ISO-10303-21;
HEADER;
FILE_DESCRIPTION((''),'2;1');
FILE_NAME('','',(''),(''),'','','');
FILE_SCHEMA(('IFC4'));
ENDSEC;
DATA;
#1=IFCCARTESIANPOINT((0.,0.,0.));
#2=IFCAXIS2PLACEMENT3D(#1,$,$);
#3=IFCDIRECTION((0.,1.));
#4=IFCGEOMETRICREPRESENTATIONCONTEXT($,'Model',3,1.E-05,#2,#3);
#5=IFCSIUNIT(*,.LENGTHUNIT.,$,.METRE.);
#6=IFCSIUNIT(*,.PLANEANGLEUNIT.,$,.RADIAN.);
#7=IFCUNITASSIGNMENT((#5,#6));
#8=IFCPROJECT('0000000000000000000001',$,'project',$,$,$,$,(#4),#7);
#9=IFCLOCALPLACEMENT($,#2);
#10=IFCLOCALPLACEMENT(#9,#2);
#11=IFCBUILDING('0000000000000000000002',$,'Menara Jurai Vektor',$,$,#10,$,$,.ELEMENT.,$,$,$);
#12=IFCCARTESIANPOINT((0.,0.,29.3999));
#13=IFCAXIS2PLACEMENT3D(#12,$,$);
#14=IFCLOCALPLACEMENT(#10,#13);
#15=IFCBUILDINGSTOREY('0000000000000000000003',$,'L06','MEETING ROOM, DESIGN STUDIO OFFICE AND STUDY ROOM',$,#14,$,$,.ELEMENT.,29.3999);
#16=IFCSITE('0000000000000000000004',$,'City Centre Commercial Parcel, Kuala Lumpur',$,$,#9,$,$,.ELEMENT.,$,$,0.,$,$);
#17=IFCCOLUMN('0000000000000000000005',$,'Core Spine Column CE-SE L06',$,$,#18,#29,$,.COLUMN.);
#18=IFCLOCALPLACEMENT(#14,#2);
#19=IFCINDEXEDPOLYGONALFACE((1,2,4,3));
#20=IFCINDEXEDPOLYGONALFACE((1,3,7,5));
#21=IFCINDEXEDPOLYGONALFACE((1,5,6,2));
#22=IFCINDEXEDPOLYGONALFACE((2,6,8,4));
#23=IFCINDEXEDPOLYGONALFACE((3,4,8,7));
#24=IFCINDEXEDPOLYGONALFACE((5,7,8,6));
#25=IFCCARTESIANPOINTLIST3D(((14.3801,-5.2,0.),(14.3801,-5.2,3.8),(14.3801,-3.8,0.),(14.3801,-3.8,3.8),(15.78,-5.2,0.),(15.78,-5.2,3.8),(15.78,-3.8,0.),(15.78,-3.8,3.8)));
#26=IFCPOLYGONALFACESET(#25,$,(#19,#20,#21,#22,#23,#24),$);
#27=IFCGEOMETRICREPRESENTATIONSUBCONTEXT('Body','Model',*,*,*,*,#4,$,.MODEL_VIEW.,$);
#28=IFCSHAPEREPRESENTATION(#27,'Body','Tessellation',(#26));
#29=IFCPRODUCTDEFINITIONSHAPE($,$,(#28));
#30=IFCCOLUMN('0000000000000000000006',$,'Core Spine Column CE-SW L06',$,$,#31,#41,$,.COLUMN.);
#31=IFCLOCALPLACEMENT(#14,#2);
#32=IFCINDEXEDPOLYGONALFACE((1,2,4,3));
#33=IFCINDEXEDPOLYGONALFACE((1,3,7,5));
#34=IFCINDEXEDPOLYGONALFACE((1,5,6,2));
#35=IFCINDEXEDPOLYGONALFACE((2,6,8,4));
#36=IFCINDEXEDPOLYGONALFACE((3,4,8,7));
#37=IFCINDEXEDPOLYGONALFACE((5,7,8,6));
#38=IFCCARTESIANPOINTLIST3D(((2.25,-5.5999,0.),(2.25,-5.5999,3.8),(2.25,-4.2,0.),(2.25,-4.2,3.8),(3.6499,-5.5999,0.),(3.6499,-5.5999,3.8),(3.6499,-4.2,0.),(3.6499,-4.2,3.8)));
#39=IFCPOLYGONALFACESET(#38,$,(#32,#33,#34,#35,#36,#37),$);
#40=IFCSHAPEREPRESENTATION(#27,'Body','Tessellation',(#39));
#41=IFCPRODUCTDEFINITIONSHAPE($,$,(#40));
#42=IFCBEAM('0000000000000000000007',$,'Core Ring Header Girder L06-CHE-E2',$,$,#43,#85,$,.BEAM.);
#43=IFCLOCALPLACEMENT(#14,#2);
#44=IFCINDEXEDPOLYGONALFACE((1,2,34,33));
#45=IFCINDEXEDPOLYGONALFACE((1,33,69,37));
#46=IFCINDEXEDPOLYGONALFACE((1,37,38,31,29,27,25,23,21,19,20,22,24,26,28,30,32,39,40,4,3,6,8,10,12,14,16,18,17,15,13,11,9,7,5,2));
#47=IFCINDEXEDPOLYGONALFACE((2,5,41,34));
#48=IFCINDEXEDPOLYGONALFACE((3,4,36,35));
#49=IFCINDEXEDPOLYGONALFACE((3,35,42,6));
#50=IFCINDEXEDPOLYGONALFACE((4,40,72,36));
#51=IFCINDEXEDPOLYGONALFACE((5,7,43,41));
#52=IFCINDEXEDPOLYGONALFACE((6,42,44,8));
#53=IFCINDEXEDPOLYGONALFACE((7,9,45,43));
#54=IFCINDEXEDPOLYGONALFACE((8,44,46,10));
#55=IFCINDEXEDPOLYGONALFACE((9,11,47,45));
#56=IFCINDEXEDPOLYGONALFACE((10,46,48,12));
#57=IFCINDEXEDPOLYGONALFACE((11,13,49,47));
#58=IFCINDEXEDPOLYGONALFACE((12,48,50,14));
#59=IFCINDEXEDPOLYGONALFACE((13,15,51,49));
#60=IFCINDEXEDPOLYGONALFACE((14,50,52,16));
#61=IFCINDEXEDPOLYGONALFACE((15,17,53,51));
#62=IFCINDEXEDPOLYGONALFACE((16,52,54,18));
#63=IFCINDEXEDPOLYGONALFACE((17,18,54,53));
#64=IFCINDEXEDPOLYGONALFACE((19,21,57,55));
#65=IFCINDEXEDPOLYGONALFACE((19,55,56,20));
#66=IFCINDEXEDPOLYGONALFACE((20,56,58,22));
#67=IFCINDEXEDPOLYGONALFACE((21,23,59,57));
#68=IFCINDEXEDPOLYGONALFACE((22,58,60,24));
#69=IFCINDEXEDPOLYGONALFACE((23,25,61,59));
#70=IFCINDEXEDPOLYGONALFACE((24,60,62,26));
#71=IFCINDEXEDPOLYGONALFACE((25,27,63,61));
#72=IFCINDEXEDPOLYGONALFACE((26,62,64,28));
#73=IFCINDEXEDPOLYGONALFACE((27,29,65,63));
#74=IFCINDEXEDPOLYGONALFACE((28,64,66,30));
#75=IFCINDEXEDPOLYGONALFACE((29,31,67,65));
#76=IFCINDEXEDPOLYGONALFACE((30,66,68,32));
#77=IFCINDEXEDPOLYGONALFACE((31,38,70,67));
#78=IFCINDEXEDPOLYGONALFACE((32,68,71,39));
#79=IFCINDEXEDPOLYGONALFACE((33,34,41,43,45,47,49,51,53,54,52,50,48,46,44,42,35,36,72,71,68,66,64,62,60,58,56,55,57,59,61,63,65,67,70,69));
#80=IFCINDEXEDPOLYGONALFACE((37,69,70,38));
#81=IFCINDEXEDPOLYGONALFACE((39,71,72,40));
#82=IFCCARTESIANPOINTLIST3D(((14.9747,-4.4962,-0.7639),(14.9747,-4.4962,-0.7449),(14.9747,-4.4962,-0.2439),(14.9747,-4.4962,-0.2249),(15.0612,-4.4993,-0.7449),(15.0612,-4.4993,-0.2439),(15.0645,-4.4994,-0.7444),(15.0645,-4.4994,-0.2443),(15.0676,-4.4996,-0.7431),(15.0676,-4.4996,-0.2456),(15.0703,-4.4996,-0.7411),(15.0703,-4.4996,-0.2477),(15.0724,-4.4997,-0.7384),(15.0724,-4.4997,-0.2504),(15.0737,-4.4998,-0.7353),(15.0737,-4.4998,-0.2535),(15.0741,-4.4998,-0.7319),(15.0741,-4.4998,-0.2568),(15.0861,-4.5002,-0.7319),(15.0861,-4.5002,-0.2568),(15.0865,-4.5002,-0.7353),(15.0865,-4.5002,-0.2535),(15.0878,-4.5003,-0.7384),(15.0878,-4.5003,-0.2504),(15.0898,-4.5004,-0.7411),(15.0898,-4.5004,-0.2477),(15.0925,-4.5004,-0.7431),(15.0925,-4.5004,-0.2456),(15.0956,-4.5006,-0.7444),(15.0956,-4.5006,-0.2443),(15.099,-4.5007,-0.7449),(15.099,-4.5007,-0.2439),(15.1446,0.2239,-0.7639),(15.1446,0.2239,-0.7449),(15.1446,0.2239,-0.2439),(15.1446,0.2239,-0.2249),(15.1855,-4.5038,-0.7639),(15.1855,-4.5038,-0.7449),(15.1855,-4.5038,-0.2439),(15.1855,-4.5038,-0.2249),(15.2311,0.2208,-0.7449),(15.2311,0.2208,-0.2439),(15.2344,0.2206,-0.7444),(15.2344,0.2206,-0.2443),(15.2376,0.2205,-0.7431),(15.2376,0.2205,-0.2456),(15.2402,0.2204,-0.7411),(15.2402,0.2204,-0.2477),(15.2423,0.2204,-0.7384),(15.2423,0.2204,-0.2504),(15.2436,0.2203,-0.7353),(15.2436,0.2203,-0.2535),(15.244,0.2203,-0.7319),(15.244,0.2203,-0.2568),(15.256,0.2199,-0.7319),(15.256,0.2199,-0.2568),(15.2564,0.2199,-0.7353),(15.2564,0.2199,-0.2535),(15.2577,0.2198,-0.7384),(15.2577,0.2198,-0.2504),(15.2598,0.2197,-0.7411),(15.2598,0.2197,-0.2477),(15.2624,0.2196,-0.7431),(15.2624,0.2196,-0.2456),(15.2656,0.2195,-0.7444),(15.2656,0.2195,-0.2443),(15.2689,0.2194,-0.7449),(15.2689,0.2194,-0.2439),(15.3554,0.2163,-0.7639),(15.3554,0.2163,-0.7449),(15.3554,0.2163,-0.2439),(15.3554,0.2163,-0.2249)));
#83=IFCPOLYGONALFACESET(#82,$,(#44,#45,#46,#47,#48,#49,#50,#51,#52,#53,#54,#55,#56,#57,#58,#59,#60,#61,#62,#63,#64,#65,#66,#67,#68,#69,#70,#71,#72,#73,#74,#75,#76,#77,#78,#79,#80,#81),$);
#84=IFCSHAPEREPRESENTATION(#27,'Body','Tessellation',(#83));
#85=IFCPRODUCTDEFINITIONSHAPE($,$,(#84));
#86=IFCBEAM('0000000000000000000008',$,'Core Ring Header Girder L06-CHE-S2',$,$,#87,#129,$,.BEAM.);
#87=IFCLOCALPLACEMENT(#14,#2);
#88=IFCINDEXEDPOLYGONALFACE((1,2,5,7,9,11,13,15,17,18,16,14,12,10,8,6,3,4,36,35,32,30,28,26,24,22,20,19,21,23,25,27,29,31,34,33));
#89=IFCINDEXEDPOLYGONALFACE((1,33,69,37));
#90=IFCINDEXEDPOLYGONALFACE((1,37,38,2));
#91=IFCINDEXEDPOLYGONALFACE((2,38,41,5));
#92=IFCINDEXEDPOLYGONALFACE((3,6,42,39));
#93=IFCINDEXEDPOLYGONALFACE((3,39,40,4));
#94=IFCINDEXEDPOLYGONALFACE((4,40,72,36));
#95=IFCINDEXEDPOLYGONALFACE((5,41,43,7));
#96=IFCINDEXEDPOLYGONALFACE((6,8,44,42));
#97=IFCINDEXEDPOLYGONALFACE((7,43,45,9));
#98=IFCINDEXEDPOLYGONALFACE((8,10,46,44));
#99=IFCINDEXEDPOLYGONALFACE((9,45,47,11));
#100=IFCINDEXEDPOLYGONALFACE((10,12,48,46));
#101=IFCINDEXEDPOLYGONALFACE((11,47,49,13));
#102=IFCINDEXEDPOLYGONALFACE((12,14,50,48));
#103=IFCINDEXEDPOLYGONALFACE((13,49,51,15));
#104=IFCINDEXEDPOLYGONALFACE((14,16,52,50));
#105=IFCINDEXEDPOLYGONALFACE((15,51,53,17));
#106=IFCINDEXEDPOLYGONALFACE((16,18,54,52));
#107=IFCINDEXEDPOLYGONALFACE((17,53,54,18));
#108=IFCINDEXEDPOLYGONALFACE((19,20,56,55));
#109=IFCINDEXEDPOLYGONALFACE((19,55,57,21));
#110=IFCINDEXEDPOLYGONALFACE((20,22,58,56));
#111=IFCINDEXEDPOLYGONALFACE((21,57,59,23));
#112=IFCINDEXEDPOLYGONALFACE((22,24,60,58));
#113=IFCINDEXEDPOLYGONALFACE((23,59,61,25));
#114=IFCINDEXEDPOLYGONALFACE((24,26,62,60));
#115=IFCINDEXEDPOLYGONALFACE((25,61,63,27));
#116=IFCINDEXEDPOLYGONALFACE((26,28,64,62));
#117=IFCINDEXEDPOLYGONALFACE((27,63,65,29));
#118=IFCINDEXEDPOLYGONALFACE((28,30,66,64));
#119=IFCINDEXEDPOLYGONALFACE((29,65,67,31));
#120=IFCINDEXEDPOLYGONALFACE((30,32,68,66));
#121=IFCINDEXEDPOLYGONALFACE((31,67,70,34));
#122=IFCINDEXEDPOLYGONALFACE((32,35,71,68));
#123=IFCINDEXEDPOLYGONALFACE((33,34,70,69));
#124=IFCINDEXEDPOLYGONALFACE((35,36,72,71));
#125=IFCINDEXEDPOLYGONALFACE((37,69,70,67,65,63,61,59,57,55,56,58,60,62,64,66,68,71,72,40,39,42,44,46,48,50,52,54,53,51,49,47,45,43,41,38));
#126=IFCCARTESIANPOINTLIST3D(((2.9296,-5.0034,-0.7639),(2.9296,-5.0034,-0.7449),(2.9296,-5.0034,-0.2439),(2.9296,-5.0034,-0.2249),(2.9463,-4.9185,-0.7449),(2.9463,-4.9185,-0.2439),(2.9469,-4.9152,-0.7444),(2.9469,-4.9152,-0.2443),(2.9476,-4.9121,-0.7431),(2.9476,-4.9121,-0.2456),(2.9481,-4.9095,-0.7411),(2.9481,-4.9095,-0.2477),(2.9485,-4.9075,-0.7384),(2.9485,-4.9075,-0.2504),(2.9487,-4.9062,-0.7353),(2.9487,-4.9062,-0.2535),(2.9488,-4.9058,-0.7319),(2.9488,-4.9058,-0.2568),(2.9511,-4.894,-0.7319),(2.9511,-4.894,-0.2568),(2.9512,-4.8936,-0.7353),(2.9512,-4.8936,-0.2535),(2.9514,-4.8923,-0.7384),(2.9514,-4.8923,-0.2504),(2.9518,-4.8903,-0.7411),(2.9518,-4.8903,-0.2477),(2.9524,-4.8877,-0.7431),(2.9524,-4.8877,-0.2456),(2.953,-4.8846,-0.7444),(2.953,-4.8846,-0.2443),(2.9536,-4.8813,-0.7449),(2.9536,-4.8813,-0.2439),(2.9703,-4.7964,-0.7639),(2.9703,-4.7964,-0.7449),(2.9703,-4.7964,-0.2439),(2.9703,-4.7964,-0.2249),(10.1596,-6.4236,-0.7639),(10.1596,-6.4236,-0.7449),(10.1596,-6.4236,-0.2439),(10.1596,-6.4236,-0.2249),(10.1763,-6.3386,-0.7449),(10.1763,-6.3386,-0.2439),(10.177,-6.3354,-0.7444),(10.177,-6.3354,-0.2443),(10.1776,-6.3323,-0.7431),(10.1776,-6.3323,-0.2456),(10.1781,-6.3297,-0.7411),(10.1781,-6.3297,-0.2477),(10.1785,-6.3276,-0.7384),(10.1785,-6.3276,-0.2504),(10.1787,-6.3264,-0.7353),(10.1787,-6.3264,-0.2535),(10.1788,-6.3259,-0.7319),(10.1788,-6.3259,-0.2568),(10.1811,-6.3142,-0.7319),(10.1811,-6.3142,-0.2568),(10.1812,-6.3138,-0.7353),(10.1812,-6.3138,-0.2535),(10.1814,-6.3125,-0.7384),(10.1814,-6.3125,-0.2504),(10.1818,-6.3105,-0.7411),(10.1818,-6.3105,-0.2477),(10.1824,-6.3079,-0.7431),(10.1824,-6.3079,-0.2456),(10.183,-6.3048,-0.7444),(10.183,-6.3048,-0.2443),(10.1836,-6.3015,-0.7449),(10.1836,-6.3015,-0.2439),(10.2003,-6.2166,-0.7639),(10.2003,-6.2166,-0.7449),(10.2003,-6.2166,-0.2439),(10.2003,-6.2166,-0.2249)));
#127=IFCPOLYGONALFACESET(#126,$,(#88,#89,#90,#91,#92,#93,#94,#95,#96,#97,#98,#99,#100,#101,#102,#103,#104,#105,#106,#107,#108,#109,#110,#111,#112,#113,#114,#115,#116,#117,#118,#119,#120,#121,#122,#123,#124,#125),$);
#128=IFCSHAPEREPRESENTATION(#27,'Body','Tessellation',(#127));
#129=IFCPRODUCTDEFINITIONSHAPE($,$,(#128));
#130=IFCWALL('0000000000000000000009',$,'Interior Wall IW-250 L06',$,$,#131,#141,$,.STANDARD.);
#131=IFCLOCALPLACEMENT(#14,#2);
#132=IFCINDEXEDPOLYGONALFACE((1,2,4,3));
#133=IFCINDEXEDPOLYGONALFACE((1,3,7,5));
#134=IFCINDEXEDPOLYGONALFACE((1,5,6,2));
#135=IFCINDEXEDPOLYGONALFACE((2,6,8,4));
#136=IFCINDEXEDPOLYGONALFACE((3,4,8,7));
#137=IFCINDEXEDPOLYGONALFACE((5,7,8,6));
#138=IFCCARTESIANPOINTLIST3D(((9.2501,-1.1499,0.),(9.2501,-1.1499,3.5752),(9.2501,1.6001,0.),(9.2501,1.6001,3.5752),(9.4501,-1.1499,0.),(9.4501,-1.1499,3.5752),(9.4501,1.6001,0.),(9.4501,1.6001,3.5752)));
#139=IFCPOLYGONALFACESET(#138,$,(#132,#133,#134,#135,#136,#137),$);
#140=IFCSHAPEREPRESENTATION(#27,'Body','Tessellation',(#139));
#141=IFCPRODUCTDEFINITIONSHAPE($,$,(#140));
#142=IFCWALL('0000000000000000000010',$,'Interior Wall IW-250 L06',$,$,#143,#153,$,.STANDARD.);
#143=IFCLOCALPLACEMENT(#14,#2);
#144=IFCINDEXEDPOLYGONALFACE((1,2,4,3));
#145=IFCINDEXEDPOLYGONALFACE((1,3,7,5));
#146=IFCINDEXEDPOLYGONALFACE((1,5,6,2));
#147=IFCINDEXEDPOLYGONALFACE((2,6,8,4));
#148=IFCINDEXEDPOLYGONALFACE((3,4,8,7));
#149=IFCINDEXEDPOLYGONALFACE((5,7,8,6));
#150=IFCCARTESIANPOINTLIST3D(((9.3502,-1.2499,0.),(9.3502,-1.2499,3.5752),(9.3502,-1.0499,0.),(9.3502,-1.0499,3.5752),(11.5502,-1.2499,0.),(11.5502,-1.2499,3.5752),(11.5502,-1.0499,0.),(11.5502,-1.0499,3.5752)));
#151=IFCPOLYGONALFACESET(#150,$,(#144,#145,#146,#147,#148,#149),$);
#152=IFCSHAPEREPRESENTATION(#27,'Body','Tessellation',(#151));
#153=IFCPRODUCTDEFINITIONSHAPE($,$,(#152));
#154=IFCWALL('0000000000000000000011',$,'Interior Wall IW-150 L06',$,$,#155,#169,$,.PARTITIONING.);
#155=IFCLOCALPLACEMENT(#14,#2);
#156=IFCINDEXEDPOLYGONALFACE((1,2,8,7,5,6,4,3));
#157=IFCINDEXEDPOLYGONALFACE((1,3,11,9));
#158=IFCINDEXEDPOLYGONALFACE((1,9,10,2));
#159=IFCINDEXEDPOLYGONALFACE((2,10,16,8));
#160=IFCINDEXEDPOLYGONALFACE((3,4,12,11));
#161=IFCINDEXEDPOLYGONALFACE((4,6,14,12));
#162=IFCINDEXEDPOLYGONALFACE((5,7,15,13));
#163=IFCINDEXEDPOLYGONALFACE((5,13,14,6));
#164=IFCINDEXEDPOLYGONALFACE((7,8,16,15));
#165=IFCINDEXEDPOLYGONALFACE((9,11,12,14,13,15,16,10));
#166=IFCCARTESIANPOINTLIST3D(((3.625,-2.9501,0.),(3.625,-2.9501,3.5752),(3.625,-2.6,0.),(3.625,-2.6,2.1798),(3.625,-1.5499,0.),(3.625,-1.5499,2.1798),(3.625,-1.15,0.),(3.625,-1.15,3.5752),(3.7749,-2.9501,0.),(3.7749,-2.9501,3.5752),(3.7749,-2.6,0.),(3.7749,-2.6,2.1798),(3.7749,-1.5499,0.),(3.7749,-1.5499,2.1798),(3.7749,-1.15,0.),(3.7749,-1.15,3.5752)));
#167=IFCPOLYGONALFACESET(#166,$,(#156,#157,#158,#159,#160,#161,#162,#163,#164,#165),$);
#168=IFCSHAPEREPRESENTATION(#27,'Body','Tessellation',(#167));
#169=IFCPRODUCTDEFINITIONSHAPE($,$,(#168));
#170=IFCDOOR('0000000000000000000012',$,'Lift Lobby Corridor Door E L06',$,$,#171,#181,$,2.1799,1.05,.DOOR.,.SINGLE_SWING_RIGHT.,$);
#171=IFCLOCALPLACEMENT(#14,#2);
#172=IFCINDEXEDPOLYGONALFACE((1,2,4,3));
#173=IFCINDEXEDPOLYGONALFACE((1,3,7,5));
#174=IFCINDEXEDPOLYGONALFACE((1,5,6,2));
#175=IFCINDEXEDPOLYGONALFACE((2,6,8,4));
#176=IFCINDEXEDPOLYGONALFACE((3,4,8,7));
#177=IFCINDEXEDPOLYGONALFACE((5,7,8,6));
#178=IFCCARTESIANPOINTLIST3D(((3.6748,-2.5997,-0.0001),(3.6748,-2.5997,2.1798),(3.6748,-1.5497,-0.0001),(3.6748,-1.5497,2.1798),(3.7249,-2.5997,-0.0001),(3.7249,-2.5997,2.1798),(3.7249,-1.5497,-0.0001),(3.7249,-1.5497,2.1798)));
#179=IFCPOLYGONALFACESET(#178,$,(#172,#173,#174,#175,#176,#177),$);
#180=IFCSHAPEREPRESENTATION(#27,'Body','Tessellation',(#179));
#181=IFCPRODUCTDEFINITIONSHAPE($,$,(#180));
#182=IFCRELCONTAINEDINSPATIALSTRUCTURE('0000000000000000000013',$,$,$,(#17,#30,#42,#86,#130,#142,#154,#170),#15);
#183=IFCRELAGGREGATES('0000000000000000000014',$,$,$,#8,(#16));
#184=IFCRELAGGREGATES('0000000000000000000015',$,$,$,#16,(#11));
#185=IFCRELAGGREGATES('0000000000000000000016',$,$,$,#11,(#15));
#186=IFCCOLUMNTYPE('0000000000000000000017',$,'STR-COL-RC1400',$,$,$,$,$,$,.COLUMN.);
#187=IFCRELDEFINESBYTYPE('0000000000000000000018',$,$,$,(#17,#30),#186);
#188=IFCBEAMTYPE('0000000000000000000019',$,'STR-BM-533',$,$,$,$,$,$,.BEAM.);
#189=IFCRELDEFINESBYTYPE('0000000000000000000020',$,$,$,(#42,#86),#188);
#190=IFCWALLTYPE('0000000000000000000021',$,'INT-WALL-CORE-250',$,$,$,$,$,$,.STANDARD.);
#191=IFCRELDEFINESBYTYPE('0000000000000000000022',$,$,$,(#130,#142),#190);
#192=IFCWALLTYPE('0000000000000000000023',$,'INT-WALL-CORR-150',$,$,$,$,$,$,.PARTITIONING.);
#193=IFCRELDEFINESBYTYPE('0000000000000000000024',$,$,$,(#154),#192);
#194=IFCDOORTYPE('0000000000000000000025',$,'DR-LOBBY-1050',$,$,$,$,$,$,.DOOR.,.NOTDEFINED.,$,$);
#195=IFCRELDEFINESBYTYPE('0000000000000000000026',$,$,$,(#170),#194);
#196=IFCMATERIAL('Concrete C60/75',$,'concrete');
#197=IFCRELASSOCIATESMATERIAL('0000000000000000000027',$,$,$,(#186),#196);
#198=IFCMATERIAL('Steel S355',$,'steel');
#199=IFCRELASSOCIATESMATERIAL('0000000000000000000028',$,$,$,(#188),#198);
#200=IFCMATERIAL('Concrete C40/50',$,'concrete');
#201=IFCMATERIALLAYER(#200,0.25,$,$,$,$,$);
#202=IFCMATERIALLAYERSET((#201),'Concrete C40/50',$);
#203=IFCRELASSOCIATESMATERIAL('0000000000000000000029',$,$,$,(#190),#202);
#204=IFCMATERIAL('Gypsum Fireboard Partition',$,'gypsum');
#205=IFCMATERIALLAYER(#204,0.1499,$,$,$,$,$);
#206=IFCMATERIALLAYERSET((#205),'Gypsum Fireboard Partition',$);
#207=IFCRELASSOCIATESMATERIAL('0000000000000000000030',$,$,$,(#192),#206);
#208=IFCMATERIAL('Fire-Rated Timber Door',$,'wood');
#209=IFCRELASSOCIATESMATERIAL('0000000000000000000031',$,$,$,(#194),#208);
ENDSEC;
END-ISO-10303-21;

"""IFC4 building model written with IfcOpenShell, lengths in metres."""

from ifc_helpers import new_model, si_unit, direction, frame, frame_2d, origin, origin_2d, place, context, subcontext, project, spatial, rectangle, i_section, extrude, material, layer, layer_set, material_profile, profile_set, type_object, element, fill, save


model = new_model("IFC4")

# Units and contexts
model_context = context("Model", 3, precision=1e-05, world=origin(), true_north=direction((0.0, 1.0)))
body_context = subcontext(model_context, "Body", "Model", "MODEL_VIEW")
ifc_project = project(units=[si_unit("LENGTHUNIT", "METRE"), si_unit("PLANEANGLEUNIT", "RADIAN")], contexts=[model_context])

# Site, building, storey
site_placement = place(None, origin())
site = spatial("IfcSite", under=ifc_project, at=site_placement, Name="City Centre Commercial Parcel, Kuala Lumpur", CompositionType="ELEMENT", RefElevation=0.0)
building_placement = place(site_placement, origin())
building = spatial("IfcBuilding", under=site, at=building_placement, Name="Menara Jurai Vektor", CompositionType="ELEMENT")
storey_placement = place(building_placement, frame((0.0, 0.0, 29.3999)))
storey = spatial("IfcBuildingStorey", under=building, at=storey_placement, Name="L06", Description="MEETING ROOM, DESIGN STUDIO OFFICE AND STUDY ROOM", CompositionType="ELEMENT", Elevation=29.3999)

# Columns
ifc_material_1 = material(Name="Concrete C60/75", Category="concrete")
ifc_material_profile_1 = material_profile(ifc_material_1, rectangle(XDim=1.3999, YDim=1.3999, at=origin_2d()), Name="RC 1400x1400")
ifc_profile_set_1 = profile_set([ifc_material_profile_1], Name="Concrete C60/75")
column_type = type_object("IfcColumnType", Name="STR-COL-RC1400", PredefinedType="COLUMN", material=ifc_profile_set_1)
for number, where, z_axis, x_axis, name in (
    (1, (15.0801, -4.5, 0.0), (0.0, 0.0, 1.0), (1.0, 0.0, 0.0), "Core Spine Column CE-SE L06"),
    (2, (2.95, -4.8999, 0.0), (0.0, 0.0, 1.0), (1.0, 0.0, 0.0), "Core Spine Column CE-SW L06"),
):
    element("IfcColumn", number, at=place(storey_placement, frame(where, z_axis=z_axis, x_axis=x_axis)), inside=storey, type_object=column_type, Name=name, PredefinedType="COLUMN", context=body_context, shape_type="SweptSolid", body=[
        extrude(rectangle(XDim=1.3999, YDim=1.3999, at=origin_2d()), origin(), (0.0, 0.0, 1.0), 3.8),
    ])

# Beams
ifc_material_2 = material(Name="Steel S355", Category="steel")
ifc_material_profile_2 = material_profile(ifc_material_2, i_section(OverallWidth=0.2109, OverallDepth=0.5391, WebThickness=0.012, FlangeThickness=0.019, FilletRadius=0.0129, at=origin_2d()), Name="UKB 533x210x109")
ifc_profile_set_2 = profile_set([ifc_material_profile_2], Name="Steel S355")
beam_type = type_object("IfcBeamType", Name="STR-BM-533", PredefinedType="BEAM", material=ifc_profile_set_2)
beam_1_placement = place(storey_placement, frame((15.0801, -4.5, -0.4944), z_axis=(0.035977, 0.999353, 0.0), x_axis=(-0.999353, 0.035977, 0.0)))
element("IfcBeam", 3, at=beam_1_placement, inside=storey, type_object=beam_type, Name="Core Ring Header Girder L06-CHE-E2", PredefinedType="BEAM", context=body_context, shape_type="SweptSolid", body=[
    extrude(i_section(OverallWidth=0.2109, OverallDepth=0.5391, WebThickness=0.012, FlangeThickness=0.019, FilletRadius=0.0129, at=origin_2d()), origin(), (0.0, 0.0, 1.0), 4.7231),
])
beam_2_placement = place(storey_placement, frame((2.95, -4.8999, -0.4944), z_axis=(0.981249, -0.192744, 0.0), x_axis=(0.192744, 0.981249, 0.0)))
element("IfcBeam", 4, at=beam_2_placement, inside=storey, type_object=beam_type, Name="Core Ring Header Girder L06-CHE-S2", PredefinedType="BEAM", context=body_context, shape_type="SweptSolid", body=[
    extrude(i_section(OverallWidth=0.2109, OverallDepth=0.5391, WebThickness=0.012, FlangeThickness=0.019, FilletRadius=0.0129, at=origin_2d()), origin(), (0.0, 0.0, 1.0), 7.3682),
])

# Shared definitions
ifc_material_3 = material(Name="Concrete C40/50", Category="concrete")
ifc_layer_1 = layer(ifc_material_3, 0.25)
ifc_layer_set_1 = layer_set([ifc_layer_1], Name="Concrete C40/50")
wall_type_1 = type_object("IfcWallType", Name="INT-WALL-CORE-250", PredefinedType="STANDARD", material=ifc_layer_set_1)

# Walls
wall_1_placement = place(storey_placement, frame((9.3501, -1.1499, 0.0), z_axis=(0.0, 0.0, 1.0), x_axis=(0.0, 1.0, 0.0)))
element("IfcWall", 5, at=wall_1_placement, inside=storey, type_object=wall_type_1, Name="Interior Wall IW-250 L06", PredefinedType="STANDARD", context=body_context, shape_type="SweptSolid", body=[
    extrude(rectangle(XDim=2.75, YDim=0.2, at=frame_2d((1.375, 0.0))), origin(), (0.0, 0.0, 1.0), 3.5752),
])
wall_2_placement = place(storey_placement, frame((9.3501, -1.1499, 0.0), z_axis=(0.0, 0.0, 1.0), x_axis=(1.0, 0.0, 0.0)))
element("IfcWall", 6, at=wall_2_placement, inside=storey, type_object=wall_type_1, Name="Interior Wall IW-250 L06", PredefinedType="STANDARD", context=body_context, shape_type="SweptSolid", body=[
    extrude(rectangle(XDim=2.2, YDim=0.2, at=frame_2d((1.1001, 0.0))), origin(), (0.0, 0.0, 1.0), 3.5752),
])

# Wall, opening, door
ifc_material_4 = material(Name="Gypsum Fireboard Partition", Category="gypsum")
ifc_layer_2 = layer(ifc_material_4, 0.1499)
ifc_layer_set_2 = layer_set([ifc_layer_2], Name="Gypsum Fireboard Partition")
wall_type_2 = type_object("IfcWallType", Name="INT-WALL-CORR-150", PredefinedType="PARTITIONING", material=ifc_layer_set_2)
wall_3_placement = place(storey_placement, frame((3.7, -2.95, 0.0), z_axis=(0.0, 0.0, 1.0), x_axis=(0.0, 1.0, 0.0)))
wall_3 = element("IfcWall", 7, at=wall_3_placement, inside=storey, type_object=wall_type_2, Name="Interior Wall IW-150 L06", PredefinedType="PARTITIONING", context=body_context, shape_type="SweptSolid", body=[
    extrude(rectangle(XDim=1.8, YDim=0.1499, at=frame_2d((0.8999, 0.0))), origin(), (0.0, 0.0, 1.0), 3.5752),
])
opening_1_placement = place(wall_3_placement, frame((0.3501, 0.0, 0.0)))
opening_1 = element("IfcOpeningElement", 8, at=opening_1_placement, cuts=wall_3, PredefinedType="OPENING", context=body_context, shape_type="SweptSolid", body=[
    extrude(rectangle(XDim=1.05, YDim=2.1799, at=frame_2d((0.5249, 1.0898))), frame((0.0, 0.085, 0.0), z_axis=(0.0, -1.0, 0.0), x_axis=(1.0, 0.0, 0.0)), (0.0, 0.0, 1.0), 0.1699),
])
ifc_material_5 = material(Name="Fire-Rated Timber Door", Category="wood")
door_type_1 = type_object("IfcDoorType", Name="DR-LOBBY-1050", OperationType="NOTDEFINED", PredefinedType="DOOR", material=ifc_material_5)
door_1_placement = place(opening_1_placement, frame((1.05, 0.0, 0.0), z_axis=(0.0, 0.0, 1.0), x_axis=(-1.0, 0.0, 0.0)))
door_1 = element("IfcDoor", 9, at=door_1_placement, inside=storey, type_object=door_type_1, Name="Lift Lobby Corridor Door E L06", OperationType="SINGLE_SWING_RIGHT", OverallHeight=2.1799, OverallWidth=1.05, PredefinedType="DOOR", context=body_context, shape_type="SweptSolid", body=[
    extrude(rectangle(XDim=1.05, YDim=2.1799, at=frame_2d((0.5249, 1.0898))), frame((0.0, 0.0249, 0.0), z_axis=(0.0, -1.0, 0.0), x_axis=(1.0, 0.0, 0.0)), (0.0, 0.0, 1.0), 0.05),
])
fill(opening_1, door_1)

save(model, "model.ifc")
